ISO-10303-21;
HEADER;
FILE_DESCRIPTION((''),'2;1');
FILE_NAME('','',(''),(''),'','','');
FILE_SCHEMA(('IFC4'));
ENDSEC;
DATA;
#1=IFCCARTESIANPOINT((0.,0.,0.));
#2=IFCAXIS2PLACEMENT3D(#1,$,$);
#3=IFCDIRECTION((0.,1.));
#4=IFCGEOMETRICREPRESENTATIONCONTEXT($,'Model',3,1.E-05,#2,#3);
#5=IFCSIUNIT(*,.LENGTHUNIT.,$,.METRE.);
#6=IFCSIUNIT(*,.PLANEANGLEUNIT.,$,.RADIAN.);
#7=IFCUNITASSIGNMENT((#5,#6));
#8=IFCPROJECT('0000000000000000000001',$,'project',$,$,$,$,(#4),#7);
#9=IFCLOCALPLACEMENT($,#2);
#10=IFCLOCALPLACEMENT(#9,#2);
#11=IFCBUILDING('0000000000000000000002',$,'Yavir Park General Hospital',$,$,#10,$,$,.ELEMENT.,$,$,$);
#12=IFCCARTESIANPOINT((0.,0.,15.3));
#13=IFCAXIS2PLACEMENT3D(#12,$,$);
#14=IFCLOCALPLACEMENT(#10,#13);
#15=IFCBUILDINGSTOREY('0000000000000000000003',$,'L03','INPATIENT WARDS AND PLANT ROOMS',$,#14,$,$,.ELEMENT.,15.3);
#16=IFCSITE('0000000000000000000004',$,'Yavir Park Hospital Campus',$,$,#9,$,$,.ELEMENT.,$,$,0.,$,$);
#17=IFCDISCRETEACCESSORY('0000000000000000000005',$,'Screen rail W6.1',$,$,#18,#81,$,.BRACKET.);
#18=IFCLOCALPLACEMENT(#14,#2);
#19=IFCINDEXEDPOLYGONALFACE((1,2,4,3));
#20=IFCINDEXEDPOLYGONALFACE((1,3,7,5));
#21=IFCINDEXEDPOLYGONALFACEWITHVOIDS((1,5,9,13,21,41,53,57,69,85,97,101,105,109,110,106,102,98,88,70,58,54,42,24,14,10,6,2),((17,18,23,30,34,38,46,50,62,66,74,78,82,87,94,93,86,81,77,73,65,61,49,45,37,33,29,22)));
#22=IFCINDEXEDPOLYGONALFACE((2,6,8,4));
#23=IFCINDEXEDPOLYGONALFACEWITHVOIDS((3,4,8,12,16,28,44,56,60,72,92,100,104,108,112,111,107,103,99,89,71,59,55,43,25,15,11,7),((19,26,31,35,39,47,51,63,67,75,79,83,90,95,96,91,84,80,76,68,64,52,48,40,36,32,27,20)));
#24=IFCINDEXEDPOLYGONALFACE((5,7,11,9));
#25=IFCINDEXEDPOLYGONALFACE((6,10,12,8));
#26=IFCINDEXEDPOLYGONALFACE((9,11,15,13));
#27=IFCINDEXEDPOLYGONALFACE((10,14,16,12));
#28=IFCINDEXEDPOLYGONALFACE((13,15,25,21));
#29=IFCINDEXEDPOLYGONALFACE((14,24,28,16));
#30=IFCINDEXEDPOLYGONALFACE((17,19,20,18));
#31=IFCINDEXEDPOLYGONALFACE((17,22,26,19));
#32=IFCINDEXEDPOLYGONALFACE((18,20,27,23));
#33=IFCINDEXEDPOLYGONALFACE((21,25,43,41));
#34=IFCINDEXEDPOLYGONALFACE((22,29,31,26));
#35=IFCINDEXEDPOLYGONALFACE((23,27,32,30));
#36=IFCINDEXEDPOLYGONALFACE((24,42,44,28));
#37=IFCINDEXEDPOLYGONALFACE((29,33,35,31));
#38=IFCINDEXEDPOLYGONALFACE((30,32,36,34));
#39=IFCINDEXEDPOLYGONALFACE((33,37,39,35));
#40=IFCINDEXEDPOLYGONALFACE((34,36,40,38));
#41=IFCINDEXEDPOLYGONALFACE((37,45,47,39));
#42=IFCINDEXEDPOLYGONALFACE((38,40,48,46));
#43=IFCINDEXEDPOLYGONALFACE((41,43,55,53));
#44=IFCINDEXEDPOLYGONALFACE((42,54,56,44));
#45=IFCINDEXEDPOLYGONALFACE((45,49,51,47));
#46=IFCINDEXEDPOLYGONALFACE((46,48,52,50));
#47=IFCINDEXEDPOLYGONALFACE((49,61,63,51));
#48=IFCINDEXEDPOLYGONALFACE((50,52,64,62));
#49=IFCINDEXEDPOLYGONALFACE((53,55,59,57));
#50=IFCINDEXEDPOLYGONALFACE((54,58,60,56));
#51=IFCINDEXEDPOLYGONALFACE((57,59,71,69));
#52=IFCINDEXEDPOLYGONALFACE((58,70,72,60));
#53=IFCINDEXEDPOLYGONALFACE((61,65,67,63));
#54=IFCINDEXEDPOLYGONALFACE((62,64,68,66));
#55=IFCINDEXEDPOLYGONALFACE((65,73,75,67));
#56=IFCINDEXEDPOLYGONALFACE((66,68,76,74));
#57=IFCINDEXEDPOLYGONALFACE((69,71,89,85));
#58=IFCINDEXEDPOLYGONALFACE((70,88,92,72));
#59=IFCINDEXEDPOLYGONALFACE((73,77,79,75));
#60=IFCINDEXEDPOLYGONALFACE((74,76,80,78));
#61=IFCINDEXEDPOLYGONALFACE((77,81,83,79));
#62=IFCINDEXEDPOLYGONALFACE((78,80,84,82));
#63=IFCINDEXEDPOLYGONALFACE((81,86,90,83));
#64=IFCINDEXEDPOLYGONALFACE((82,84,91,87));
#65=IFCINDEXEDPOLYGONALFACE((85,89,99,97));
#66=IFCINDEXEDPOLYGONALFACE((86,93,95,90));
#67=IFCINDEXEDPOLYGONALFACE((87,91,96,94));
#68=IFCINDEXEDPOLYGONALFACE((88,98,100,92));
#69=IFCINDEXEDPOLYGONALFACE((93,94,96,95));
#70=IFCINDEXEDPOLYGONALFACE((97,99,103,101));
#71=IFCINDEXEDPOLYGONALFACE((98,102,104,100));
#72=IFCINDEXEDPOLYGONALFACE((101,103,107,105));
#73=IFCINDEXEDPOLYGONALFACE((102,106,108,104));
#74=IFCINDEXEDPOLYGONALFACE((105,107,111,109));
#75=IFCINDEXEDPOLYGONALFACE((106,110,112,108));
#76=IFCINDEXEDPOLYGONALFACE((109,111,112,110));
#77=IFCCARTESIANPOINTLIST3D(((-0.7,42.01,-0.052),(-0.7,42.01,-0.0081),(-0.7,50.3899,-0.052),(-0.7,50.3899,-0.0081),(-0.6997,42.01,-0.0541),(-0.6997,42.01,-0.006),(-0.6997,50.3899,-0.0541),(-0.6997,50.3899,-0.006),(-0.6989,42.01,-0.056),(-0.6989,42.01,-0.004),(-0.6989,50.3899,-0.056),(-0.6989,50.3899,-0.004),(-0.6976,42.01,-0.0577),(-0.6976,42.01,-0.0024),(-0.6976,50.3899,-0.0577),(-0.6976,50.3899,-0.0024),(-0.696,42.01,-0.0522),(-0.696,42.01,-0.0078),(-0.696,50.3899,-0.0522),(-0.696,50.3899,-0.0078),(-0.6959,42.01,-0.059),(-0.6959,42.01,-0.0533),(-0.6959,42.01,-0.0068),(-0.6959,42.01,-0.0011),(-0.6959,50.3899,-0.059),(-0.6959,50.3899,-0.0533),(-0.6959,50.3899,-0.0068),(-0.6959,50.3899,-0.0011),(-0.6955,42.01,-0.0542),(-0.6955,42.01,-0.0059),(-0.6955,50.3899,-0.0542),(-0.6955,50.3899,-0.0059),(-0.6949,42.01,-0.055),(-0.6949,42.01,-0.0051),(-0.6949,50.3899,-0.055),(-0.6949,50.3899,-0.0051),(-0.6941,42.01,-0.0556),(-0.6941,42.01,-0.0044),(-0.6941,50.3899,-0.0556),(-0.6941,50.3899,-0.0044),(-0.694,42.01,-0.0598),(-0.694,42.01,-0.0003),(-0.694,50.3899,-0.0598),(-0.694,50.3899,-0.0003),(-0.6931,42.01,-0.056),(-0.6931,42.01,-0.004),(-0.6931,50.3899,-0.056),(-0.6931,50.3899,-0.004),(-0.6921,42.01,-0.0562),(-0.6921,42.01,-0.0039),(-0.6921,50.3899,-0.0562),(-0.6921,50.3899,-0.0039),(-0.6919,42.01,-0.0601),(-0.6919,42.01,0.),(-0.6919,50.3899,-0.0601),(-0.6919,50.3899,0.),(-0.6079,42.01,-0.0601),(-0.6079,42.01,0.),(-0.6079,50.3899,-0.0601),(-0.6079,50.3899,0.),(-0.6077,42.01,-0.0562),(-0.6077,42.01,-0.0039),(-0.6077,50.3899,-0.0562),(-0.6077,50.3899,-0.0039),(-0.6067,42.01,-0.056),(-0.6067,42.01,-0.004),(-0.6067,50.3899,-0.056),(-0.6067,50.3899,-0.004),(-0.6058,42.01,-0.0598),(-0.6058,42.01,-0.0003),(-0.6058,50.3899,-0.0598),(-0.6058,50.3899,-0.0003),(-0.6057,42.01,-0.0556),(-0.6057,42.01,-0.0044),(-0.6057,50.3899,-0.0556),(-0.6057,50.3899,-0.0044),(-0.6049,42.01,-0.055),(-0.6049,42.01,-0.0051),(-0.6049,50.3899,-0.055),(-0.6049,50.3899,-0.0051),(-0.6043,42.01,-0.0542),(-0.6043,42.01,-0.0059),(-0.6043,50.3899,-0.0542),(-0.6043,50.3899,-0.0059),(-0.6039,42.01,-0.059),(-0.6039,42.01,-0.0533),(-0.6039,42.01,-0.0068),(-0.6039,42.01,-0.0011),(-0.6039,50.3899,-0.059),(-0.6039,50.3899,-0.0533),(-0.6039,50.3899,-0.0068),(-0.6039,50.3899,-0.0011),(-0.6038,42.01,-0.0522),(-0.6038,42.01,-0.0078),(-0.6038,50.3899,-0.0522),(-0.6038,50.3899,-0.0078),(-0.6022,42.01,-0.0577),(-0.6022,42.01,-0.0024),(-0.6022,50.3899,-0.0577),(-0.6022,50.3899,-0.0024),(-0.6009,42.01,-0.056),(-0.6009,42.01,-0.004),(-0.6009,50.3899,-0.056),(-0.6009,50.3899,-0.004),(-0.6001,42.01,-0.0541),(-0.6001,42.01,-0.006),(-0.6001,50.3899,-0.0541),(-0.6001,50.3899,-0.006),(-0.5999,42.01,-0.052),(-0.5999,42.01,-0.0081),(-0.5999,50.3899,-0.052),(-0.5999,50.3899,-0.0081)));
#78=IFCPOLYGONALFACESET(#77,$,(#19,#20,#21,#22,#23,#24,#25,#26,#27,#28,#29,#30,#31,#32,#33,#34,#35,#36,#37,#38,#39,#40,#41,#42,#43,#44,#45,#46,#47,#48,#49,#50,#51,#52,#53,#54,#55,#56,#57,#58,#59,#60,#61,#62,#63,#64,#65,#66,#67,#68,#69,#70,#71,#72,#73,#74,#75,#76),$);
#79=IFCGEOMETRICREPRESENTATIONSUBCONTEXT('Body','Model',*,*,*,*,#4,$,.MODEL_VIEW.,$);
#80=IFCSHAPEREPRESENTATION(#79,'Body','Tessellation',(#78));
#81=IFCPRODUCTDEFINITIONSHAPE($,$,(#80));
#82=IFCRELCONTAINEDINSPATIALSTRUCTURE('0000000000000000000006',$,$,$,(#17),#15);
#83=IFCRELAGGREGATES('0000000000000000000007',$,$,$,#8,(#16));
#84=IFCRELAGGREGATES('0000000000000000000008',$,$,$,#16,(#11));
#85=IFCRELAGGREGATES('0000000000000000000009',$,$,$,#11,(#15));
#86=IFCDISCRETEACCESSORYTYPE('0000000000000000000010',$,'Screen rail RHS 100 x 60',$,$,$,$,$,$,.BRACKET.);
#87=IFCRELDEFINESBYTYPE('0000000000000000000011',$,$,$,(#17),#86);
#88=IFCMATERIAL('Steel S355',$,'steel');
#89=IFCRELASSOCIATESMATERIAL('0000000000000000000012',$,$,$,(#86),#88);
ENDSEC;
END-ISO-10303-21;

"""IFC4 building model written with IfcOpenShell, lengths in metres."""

from ifc_helpers import new_model, si_unit, direction, frame, origin, origin_2d, place, context, subcontext, project, spatial, hollow_rectangle, extrude, material, material_profile, profile_set, type_object, element, save


model = new_model("IFC4")

# Units and contexts
model_context = context("Model", 3, precision=1e-05, world=origin(), true_north=direction((0.0, 1.0)))
body_context = subcontext(model_context, "Body", "Model", "MODEL_VIEW")
ifc_project = project(units=[si_unit("LENGTHUNIT", "METRE"), si_unit("PLANEANGLEUNIT", "RADIAN")], contexts=[model_context])

# Site, building, storey
site_placement = place(None, origin())
site = spatial("IfcSite", under=ifc_project, at=site_placement, Name="Yavir Park Hospital Campus", CompositionType="ELEMENT", RefElevation=0.0)
building_placement = place(site_placement, origin())
building = spatial("IfcBuilding", under=site, at=building_placement, Name="Yavir Park General Hospital", CompositionType="ELEMENT")
storey_placement = place(building_placement, frame((0.0, 0.0, 15.3)))
storey = spatial("IfcBuildingStorey", under=building, at=storey_placement, Name="L03", Description="INPATIENT WARDS AND PLANT ROOMS", CompositionType="ELEMENT", Elevation=15.3)

# Discrete accessory
ifc_material_1 = material(Name="Steel S355", Category="steel")
ifc_material_profile_1 = material_profile(ifc_material_1, hollow_rectangle(XDim=0.1001, YDim=0.0601, WallThickness=0.0039, InnerFilletRadius=0.0039, OuterFilletRadius=0.0081, at=origin_2d()), Name="RHS60x100x4")
ifc_profile_set_1 = profile_set([ifc_material_profile_1], Name="Steel S355")
discrete_accessory_type_1 = type_object("IfcDiscreteAccessoryType", Name="Screen rail RHS 100 x 60", PredefinedType="BRACKET", material=ifc_profile_set_1)
discrete_accessory_placement = place(storey_placement, frame((-0.6499, 42.01, -0.03), z_axis=(0.0, 1.0, 0.0), x_axis=(-1.0, 0.0, 0.0)))
element("IfcDiscreteAccessory", 1, at=discrete_accessory_placement, inside=storey, type_object=discrete_accessory_type_1, Name="Screen rail W6.1", PredefinedType="BRACKET", context=body_context, shape_type="SweptSolid", body=[
    extrude(hollow_rectangle(XDim=0.1001, YDim=0.0601, WallThickness=0.0039, InnerFilletRadius=0.0039, OuterFilletRadius=0.0081, at=origin_2d()), origin(), (0.0, 0.0, 1.0), 8.3799),
])

save(model, "model.ifc")
